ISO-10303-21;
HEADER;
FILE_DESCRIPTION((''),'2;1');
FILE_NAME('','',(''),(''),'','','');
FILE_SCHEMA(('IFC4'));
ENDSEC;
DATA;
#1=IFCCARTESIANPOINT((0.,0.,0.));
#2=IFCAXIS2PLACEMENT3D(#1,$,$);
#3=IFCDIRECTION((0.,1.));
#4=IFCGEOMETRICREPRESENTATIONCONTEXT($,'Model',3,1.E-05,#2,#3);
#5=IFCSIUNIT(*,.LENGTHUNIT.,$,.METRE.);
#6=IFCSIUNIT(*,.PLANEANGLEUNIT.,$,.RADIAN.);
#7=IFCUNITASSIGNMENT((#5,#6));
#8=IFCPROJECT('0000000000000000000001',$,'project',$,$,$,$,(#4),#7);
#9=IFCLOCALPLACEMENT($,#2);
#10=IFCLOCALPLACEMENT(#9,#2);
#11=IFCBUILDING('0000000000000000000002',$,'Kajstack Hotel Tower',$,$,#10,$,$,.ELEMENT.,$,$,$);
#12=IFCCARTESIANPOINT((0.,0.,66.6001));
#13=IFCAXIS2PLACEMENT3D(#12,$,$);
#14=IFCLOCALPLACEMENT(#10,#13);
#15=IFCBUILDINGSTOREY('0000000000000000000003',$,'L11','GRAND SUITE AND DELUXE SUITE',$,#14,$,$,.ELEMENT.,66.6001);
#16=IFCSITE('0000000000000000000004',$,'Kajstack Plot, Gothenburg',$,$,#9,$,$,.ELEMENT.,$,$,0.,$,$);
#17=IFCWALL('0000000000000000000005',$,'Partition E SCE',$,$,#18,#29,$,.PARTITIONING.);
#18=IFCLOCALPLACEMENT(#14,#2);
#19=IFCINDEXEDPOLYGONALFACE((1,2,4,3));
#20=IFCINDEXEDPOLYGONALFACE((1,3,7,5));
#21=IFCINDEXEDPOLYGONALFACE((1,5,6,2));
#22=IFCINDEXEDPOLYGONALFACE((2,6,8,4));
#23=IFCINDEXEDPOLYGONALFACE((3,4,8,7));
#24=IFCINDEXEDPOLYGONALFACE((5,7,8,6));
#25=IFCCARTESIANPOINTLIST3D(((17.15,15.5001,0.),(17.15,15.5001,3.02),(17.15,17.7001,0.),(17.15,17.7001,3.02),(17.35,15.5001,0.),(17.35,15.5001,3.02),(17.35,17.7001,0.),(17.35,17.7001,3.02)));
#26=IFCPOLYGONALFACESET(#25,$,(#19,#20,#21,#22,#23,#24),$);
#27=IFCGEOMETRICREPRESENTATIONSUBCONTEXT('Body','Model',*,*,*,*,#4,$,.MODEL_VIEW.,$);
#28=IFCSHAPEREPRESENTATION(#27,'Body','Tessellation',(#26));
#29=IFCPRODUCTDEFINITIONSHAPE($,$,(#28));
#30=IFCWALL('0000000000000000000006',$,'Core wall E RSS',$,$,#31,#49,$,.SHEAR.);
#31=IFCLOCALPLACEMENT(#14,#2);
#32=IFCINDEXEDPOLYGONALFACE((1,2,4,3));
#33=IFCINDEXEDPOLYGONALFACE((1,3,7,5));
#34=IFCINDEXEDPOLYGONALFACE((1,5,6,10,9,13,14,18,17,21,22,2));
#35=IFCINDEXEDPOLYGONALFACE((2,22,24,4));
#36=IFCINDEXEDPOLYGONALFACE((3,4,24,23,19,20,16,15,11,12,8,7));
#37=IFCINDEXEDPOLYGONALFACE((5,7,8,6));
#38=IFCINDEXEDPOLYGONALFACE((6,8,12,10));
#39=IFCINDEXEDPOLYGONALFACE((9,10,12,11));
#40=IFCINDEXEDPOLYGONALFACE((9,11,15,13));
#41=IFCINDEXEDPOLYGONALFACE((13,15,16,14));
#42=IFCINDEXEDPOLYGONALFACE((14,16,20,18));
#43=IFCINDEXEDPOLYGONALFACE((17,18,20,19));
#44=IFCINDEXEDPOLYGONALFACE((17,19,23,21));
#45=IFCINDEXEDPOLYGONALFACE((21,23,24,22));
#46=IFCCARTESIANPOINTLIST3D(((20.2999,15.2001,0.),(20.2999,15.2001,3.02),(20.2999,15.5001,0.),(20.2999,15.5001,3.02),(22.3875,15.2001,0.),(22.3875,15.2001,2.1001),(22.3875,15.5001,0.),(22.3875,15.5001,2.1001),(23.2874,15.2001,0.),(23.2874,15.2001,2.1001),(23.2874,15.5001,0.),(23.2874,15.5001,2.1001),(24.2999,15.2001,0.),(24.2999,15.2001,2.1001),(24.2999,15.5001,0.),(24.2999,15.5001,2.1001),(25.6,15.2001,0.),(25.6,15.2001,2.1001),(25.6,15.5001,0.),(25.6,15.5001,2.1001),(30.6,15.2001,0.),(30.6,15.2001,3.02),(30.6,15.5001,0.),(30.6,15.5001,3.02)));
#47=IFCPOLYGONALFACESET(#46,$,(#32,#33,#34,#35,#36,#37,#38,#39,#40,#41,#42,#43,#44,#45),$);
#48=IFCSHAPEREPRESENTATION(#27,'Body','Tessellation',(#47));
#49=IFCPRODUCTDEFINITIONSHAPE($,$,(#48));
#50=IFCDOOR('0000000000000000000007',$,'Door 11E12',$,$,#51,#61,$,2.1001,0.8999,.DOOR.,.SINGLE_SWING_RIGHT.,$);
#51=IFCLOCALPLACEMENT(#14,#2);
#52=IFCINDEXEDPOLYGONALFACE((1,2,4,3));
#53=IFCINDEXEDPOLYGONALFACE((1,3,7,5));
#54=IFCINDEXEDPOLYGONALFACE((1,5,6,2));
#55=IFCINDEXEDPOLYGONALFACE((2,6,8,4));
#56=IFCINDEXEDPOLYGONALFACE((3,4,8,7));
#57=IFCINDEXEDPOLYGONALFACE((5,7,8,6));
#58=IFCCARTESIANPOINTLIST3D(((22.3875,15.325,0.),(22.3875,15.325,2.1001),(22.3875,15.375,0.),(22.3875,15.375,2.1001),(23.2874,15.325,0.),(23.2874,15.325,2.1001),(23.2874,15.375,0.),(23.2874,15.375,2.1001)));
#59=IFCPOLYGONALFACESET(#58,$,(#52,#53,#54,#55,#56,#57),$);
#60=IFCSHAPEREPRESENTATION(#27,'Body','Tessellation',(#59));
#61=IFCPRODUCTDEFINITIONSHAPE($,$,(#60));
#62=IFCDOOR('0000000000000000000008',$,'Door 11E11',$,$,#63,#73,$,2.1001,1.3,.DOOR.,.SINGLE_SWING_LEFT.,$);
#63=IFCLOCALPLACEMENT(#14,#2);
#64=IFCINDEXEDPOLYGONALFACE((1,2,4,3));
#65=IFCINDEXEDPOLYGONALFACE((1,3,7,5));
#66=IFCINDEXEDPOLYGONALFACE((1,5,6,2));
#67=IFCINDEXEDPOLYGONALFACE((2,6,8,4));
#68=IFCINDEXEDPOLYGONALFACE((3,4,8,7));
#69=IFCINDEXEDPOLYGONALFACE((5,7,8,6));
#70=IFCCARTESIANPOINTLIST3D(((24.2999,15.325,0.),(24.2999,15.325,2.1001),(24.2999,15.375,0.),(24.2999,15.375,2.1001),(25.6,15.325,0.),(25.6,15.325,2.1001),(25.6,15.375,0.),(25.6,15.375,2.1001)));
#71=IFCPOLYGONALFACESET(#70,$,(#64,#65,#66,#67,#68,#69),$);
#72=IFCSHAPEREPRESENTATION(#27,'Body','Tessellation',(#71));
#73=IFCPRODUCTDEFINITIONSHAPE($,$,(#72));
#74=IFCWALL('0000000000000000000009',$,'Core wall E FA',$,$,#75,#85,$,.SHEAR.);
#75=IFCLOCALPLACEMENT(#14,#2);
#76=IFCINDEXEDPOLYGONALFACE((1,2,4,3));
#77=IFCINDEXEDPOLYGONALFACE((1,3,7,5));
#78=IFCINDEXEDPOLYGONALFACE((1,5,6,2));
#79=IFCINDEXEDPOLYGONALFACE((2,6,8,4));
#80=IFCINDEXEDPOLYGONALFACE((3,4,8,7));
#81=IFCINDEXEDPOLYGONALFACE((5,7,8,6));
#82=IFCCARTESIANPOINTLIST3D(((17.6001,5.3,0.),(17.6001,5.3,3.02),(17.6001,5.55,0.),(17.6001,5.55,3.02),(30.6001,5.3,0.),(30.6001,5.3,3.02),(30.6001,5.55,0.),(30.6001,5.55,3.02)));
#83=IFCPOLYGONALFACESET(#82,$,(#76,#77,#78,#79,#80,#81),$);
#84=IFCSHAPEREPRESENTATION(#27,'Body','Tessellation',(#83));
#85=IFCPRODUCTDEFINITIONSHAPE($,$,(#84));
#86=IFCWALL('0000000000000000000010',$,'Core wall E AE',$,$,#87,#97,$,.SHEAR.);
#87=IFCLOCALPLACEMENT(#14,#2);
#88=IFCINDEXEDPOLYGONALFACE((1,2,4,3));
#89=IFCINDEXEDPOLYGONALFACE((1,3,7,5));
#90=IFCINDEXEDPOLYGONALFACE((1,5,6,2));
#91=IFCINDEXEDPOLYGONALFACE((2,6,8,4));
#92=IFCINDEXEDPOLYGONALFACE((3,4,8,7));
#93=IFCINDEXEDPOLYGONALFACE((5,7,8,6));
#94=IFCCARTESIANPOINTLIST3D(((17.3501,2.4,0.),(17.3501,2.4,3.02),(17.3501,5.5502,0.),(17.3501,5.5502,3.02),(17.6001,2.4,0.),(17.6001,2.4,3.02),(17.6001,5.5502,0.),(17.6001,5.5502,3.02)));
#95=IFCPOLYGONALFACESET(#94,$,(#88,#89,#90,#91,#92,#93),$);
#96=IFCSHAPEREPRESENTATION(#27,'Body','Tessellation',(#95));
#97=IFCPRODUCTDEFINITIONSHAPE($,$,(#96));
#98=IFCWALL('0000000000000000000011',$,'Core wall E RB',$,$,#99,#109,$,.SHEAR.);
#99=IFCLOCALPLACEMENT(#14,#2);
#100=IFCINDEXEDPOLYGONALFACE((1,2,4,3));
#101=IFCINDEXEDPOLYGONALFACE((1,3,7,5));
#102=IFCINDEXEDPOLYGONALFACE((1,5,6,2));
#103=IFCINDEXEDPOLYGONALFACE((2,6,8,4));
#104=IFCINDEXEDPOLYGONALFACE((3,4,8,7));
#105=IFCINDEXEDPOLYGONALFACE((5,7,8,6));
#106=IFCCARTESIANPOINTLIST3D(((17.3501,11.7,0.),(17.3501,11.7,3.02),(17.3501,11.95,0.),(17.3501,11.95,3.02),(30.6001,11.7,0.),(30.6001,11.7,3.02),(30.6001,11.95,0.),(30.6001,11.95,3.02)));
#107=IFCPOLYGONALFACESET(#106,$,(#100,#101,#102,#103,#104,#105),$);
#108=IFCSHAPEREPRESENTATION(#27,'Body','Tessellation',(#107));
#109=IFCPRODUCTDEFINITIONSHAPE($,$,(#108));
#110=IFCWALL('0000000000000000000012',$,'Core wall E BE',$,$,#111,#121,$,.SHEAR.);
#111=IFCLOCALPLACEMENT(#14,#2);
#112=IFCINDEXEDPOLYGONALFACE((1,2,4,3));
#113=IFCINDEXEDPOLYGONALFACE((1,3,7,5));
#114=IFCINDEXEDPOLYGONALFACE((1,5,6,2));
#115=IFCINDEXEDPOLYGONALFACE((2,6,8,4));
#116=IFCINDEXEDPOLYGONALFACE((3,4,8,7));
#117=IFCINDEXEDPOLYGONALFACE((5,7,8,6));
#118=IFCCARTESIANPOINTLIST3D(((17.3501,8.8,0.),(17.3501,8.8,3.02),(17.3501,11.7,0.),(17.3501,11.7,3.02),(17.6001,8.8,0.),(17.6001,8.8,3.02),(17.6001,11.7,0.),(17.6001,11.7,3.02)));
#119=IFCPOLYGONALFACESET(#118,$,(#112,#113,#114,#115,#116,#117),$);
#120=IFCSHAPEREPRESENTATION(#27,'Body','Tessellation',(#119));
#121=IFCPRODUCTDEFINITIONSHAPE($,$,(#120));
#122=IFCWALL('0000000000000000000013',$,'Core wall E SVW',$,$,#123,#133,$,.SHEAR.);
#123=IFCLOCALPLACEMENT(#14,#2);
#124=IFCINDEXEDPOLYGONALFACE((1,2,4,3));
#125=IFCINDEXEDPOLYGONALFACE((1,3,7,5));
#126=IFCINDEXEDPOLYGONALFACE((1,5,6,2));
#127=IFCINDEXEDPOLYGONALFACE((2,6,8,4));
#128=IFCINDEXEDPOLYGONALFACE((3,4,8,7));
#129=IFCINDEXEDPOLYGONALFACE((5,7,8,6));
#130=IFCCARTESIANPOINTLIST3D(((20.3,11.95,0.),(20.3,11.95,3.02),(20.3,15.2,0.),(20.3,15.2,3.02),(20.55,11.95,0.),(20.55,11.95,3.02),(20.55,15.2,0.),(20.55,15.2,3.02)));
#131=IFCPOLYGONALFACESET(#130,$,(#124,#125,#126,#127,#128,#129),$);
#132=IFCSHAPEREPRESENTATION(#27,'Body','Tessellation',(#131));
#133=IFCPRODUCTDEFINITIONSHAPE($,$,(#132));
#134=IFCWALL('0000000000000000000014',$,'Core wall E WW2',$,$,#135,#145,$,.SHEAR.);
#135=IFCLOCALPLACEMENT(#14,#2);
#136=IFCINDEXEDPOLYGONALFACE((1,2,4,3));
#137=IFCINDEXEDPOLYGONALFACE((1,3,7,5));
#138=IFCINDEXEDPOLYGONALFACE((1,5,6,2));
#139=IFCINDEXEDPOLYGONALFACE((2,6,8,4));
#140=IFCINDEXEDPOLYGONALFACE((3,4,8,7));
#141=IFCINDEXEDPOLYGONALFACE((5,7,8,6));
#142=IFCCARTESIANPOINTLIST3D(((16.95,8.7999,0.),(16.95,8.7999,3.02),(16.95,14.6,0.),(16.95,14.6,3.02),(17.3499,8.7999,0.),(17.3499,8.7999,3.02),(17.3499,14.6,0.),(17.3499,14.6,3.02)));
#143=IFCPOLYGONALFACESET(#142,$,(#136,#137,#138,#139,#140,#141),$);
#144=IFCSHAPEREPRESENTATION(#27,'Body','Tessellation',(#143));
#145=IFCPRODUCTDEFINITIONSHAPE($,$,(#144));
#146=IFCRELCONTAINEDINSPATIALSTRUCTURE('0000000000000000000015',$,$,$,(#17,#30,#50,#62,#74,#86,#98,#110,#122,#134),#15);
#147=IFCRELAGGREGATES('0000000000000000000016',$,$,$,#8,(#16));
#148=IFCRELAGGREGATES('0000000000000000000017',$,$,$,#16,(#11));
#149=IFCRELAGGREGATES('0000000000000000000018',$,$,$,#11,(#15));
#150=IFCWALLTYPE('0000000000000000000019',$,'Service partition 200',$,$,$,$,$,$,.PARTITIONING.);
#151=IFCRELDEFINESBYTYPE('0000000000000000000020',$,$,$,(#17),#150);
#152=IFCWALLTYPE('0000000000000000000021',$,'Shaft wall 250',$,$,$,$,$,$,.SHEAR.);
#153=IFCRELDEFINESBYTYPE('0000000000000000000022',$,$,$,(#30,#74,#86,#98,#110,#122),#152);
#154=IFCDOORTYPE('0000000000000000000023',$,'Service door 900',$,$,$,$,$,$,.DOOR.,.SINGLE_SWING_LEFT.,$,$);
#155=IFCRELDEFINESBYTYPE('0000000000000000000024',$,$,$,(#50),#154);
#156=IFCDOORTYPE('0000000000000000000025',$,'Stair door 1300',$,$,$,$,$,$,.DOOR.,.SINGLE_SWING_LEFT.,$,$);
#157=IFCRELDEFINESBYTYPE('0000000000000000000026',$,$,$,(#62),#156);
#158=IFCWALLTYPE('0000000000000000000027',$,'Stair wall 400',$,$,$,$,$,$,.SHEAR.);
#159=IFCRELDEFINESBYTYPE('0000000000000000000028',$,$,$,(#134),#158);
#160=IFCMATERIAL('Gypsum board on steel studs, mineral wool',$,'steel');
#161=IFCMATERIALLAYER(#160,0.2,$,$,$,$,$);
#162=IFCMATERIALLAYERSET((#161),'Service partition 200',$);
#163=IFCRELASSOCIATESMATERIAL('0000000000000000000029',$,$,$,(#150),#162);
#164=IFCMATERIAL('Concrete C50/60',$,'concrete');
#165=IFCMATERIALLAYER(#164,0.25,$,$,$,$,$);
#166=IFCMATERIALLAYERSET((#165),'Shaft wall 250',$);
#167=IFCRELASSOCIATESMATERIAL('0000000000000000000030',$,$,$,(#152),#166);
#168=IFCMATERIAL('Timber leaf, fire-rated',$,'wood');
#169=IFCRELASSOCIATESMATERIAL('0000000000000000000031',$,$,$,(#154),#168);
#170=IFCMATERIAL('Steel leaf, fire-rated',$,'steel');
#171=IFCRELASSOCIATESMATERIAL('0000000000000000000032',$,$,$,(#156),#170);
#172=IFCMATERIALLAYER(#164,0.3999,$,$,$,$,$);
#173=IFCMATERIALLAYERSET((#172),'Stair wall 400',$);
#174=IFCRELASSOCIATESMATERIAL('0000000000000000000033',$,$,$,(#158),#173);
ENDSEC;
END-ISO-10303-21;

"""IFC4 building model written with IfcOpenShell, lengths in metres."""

from ifc_helpers import new_model, si_unit, direction, frame, frame_2d, origin, place, context, subcontext, project, spatial, rectangle, extrude, material, layer, layer_set, type_object, element, fill, save


model = new_model("IFC4")

# Units and contexts
model_context = context("Model", 3, precision=1e-05, world=origin(), true_north=direction((0.0, 1.0)))
body_context = subcontext(model_context, "Body", "Model", "MODEL_VIEW")
ifc_project = project(units=[si_unit("LENGTHUNIT", "METRE"), si_unit("PLANEANGLEUNIT", "RADIAN")], contexts=[model_context])

# Site, building, storey
site_placement = place(None, origin())
site = spatial("IfcSite", under=ifc_project, at=site_placement, Name="Kajstack Plot, Gothenburg", CompositionType="ELEMENT", RefElevation=0.0)
building_placement = place(site_placement, origin())
building = spatial("IfcBuilding", under=site, at=building_placement, Name="Kajstack Hotel Tower", CompositionType="ELEMENT")
storey_placement = place(building_placement, frame((0.0, 0.0, 66.6001)))
storey = spatial("IfcBuildingStorey", under=building, at=storey_placement, Name="L11", Description="GRAND SUITE AND DELUXE SUITE", CompositionType="ELEMENT", Elevation=66.6001)

# Wall
ifc_material_1 = material(Name="Gypsum board on steel studs, mineral wool", Category="steel")
ifc_layer_1 = layer(ifc_material_1, 0.2)
ifc_layer_set_1 = layer_set([ifc_layer_1], Name="Service partition 200")
wall_type_1 = type_object("IfcWallType", Name="Service partition 200", PredefinedType="PARTITIONING", material=ifc_layer_set_1)
wall_1_placement = place(storey_placement, frame((17.25, 15.5, 0.0), z_axis=(0.0, 0.0, 1.0), x_axis=(0.0, 1.0, 0.0)))
element("IfcWall", 1, at=wall_1_placement, inside=storey, type_object=wall_type_1, Name="Partition E SCE", PredefinedType="PARTITIONING", context=body_context, shape_type="SweptSolid", body=[
    extrude(rectangle(XDim=2.2, YDim=0.2, at=frame_2d((1.1001, 0.0))), origin(), (0.0, 0.0, 1.0), 3.02),
])

# Wall, openings, doors
ifc_material_2 = material(Name="Concrete C50/60", Category="concrete")
ifc_layer_2 = layer(ifc_material_2, 0.25)
ifc_layer_set_2 = layer_set([ifc_layer_2], Name="Shaft wall 250")
wall_type_2 = type_object("IfcWallType", Name="Shaft wall 250", PredefinedType="SHEAR", material=ifc_layer_set_2)
wall_2_placement = place(storey_placement, frame((20.3, 15.3501, 0.0), z_axis=(0.0, 0.0, 1.0), x_axis=(1.0, 0.0, 0.0)))
wall_2 = element("IfcWall", 2, at=wall_2_placement, inside=storey, type_object=wall_type_2, Name="Core wall E RSS", PredefinedType="SHEAR", context=body_context, shape_type="SweptSolid", body=[
    extrude(rectangle(XDim=10.3, YDim=0.3, at=frame_2d((5.1499, 0.0))), origin(), (0.0, 0.0, 1.0), 3.02),
])
opening_1_placement = place(wall_2_placement, frame((4.0, 0.0, 0.0)))
opening_1 = element("IfcOpeningElement", 3, at=opening_1_placement, cuts=wall_2, PredefinedType="OPENING", context=body_context, shape_type="SweptSolid", body=[
    extrude(rectangle(XDim=1.3, YDim=2.1001, at=frame_2d((0.6499, 1.05))), frame((0.0, 0.1599, 0.0), z_axis=(0.0, -1.0, 0.0), x_axis=(1.0, 0.0, 0.0)), (0.0, 0.0, 1.0), 0.3201),
])
opening_2_placement = place(wall_2_placement, frame((2.0874, 0.0, 0.0)))
opening_2 = element("IfcOpeningElement", 4, at=opening_2_placement, cuts=wall_2, PredefinedType="OPENING", context=body_context, shape_type="SweptSolid", body=[
    extrude(rectangle(XDim=0.8999, YDim=2.1001, at=frame_2d((0.45, 1.05))), frame((0.0, 0.1599, 0.0), z_axis=(0.0, -1.0, 0.0), x_axis=(1.0, 0.0, 0.0)), (0.0, 0.0, 1.0), 0.3201),
])
ifc_material_3 = material(Name="Timber leaf, fire-rated", Category="wood")
door_type_1 = type_object("IfcDoorType", Name="Service door 900", OperationType="SINGLE_SWING_LEFT", PredefinedType="DOOR", material=ifc_material_3)
door_1_placement = place(opening_2_placement, origin())
door_1 = element("IfcDoor", 5, at=door_1_placement, inside=storey, type_object=door_type_1, Name="Door 11E12", OperationType="SINGLE_SWING_RIGHT", OverallHeight=2.1001, OverallWidth=0.8999, PredefinedType="DOOR", context=body_context, shape_type="SweptSolid", body=[
    extrude(rectangle(XDim=0.8999, YDim=2.1001, at=frame_2d((0.45, 1.05))), frame((0.0, 0.0249, 0.0), z_axis=(0.0, -1.0, 0.0), x_axis=(1.0, 0.0, 0.0)), (0.0, 0.0, 1.0), 0.05),
])
fill(opening_2, door_1)
ifc_material_4 = material(Name="Steel leaf, fire-rated", Category="steel")
door_type_2 = type_object("IfcDoorType", Name="Stair door 1300", OperationType="SINGLE_SWING_LEFT", PredefinedType="DOOR", material=ifc_material_4)
door_2_placement = place(opening_1_placement, origin())
door_2 = element("IfcDoor", 6, at=door_2_placement, inside=storey, type_object=door_type_2, Name="Door 11E11", OperationType="SINGLE_SWING_LEFT", OverallHeight=2.1001, OverallWidth=1.3, PredefinedType="DOOR", context=body_context, shape_type="SweptSolid", body=[
    extrude(rectangle(XDim=1.3, YDim=2.1001, at=frame_2d((0.6499, 1.05))), frame((0.0, 0.0249, 0.0), z_axis=(0.0, -1.0, 0.0), x_axis=(1.0, 0.0, 0.0)), (0.0, 0.0, 1.0), 0.05),
])
fill(opening_1, door_2)

# Walls
wall_3_placement = place(storey_placement, frame((17.6001, 5.425, 0.0), z_axis=(0.0, 0.0, 1.0), x_axis=(1.0, 0.0, 0.0)))
element("IfcWall", 7, at=wall_3_placement, inside=storey, type_object=wall_type_2, Name="Core wall E FA", PredefinedType="SHEAR", context=body_context, shape_type="SweptSolid", body=[
    extrude(rectangle(XDim=13.0, YDim=0.25, at=frame_2d((6.5, 0.0))), origin(), (0.0, 0.0, 1.0), 3.02),
])
wall_4_placement = place(storey_placement, frame((17.4751, 2.3999, 0.0), z_axis=(0.0, 0.0, 1.0), x_axis=(0.0, 1.0, 0.0)))
element("IfcWall", 8, at=wall_4_placement, inside=storey, type_object=wall_type_2, Name="Core wall E AE", PredefinedType="SHEAR", context=body_context, shape_type="SweptSolid", body=[
    extrude(rectangle(XDim=3.1501, YDim=0.25, at=frame_2d((1.5752, 0.0))), origin(), (0.0, 0.0, 1.0), 3.02),
])
wall_5_placement = place(storey_placement, frame((17.3501, 11.825, 0.0), z_axis=(0.0, 0.0, 1.0), x_axis=(1.0, 0.0, 0.0)))
element("IfcWall", 9, at=wall_5_placement, inside=storey, type_object=wall_type_2, Name="Core wall E RB", PredefinedType="SHEAR", context=body_context, shape_type="SweptSolid", body=[
    extrude(rectangle(XDim=13.25, YDim=0.25, at=frame_2d((6.625, 0.0))), origin(), (0.0, 0.0, 1.0), 3.02),
])
wall_6_placement = place(storey_placement, frame((17.4751, 8.8, 0.0), z_axis=(0.0, 0.0, 1.0), x_axis=(0.0, 1.0, 0.0)))
element("IfcWall", 10, at=wall_6_placement, inside=storey, type_object=wall_type_2, Name="Core wall E BE", PredefinedType="SHEAR", context=body_context, shape_type="SweptSolid", body=[
    extrude(rectangle(XDim=2.8999, YDim=0.25, at=frame_2d((1.45, 0.0))), origin(), (0.0, 0.0, 1.0), 3.02),
])
wall_7_placement = place(storey_placement, frame((20.425, 11.95, 0.0), z_axis=(0.0, 0.0, 1.0), x_axis=(0.0, 1.0, 0.0)))
element("IfcWall", 11, at=wall_7_placement, inside=storey, type_object=wall_type_2, Name="Core wall E SVW", PredefinedType="SHEAR", context=body_context, shape_type="SweptSolid", body=[
    extrude(rectangle(XDim=3.25, YDim=0.25, at=frame_2d((1.625, 0.0))), origin(), (0.0, 0.0, 1.0), 3.02),
])
ifc_layer_3 = layer(ifc_material_2, 0.3999)
ifc_layer_set_3 = layer_set([ifc_layer_3], Name="Stair wall 400")
wall_type_3 = type_object("IfcWallType", Name="Stair wall 400", PredefinedType="SHEAR", material=ifc_layer_set_3)
wall_8_placement = place(storey_placement, frame((17.1499, 8.8, 0.0), z_axis=(0.0, 0.0, 1.0), x_axis=(0.0, 1.0, 0.0)))
element("IfcWall", 12, at=wall_8_placement, inside=storey, type_object=wall_type_3, Name="Core wall E WW2", PredefinedType="SHEAR", context=body_context, shape_type="SweptSolid", body=[
    extrude(rectangle(XDim=5.8, YDim=0.3999, at=frame_2d((2.8999, 0.0))), origin(), (0.0, 0.0, 1.0), 3.02),
])

save(model, "model.ifc")
